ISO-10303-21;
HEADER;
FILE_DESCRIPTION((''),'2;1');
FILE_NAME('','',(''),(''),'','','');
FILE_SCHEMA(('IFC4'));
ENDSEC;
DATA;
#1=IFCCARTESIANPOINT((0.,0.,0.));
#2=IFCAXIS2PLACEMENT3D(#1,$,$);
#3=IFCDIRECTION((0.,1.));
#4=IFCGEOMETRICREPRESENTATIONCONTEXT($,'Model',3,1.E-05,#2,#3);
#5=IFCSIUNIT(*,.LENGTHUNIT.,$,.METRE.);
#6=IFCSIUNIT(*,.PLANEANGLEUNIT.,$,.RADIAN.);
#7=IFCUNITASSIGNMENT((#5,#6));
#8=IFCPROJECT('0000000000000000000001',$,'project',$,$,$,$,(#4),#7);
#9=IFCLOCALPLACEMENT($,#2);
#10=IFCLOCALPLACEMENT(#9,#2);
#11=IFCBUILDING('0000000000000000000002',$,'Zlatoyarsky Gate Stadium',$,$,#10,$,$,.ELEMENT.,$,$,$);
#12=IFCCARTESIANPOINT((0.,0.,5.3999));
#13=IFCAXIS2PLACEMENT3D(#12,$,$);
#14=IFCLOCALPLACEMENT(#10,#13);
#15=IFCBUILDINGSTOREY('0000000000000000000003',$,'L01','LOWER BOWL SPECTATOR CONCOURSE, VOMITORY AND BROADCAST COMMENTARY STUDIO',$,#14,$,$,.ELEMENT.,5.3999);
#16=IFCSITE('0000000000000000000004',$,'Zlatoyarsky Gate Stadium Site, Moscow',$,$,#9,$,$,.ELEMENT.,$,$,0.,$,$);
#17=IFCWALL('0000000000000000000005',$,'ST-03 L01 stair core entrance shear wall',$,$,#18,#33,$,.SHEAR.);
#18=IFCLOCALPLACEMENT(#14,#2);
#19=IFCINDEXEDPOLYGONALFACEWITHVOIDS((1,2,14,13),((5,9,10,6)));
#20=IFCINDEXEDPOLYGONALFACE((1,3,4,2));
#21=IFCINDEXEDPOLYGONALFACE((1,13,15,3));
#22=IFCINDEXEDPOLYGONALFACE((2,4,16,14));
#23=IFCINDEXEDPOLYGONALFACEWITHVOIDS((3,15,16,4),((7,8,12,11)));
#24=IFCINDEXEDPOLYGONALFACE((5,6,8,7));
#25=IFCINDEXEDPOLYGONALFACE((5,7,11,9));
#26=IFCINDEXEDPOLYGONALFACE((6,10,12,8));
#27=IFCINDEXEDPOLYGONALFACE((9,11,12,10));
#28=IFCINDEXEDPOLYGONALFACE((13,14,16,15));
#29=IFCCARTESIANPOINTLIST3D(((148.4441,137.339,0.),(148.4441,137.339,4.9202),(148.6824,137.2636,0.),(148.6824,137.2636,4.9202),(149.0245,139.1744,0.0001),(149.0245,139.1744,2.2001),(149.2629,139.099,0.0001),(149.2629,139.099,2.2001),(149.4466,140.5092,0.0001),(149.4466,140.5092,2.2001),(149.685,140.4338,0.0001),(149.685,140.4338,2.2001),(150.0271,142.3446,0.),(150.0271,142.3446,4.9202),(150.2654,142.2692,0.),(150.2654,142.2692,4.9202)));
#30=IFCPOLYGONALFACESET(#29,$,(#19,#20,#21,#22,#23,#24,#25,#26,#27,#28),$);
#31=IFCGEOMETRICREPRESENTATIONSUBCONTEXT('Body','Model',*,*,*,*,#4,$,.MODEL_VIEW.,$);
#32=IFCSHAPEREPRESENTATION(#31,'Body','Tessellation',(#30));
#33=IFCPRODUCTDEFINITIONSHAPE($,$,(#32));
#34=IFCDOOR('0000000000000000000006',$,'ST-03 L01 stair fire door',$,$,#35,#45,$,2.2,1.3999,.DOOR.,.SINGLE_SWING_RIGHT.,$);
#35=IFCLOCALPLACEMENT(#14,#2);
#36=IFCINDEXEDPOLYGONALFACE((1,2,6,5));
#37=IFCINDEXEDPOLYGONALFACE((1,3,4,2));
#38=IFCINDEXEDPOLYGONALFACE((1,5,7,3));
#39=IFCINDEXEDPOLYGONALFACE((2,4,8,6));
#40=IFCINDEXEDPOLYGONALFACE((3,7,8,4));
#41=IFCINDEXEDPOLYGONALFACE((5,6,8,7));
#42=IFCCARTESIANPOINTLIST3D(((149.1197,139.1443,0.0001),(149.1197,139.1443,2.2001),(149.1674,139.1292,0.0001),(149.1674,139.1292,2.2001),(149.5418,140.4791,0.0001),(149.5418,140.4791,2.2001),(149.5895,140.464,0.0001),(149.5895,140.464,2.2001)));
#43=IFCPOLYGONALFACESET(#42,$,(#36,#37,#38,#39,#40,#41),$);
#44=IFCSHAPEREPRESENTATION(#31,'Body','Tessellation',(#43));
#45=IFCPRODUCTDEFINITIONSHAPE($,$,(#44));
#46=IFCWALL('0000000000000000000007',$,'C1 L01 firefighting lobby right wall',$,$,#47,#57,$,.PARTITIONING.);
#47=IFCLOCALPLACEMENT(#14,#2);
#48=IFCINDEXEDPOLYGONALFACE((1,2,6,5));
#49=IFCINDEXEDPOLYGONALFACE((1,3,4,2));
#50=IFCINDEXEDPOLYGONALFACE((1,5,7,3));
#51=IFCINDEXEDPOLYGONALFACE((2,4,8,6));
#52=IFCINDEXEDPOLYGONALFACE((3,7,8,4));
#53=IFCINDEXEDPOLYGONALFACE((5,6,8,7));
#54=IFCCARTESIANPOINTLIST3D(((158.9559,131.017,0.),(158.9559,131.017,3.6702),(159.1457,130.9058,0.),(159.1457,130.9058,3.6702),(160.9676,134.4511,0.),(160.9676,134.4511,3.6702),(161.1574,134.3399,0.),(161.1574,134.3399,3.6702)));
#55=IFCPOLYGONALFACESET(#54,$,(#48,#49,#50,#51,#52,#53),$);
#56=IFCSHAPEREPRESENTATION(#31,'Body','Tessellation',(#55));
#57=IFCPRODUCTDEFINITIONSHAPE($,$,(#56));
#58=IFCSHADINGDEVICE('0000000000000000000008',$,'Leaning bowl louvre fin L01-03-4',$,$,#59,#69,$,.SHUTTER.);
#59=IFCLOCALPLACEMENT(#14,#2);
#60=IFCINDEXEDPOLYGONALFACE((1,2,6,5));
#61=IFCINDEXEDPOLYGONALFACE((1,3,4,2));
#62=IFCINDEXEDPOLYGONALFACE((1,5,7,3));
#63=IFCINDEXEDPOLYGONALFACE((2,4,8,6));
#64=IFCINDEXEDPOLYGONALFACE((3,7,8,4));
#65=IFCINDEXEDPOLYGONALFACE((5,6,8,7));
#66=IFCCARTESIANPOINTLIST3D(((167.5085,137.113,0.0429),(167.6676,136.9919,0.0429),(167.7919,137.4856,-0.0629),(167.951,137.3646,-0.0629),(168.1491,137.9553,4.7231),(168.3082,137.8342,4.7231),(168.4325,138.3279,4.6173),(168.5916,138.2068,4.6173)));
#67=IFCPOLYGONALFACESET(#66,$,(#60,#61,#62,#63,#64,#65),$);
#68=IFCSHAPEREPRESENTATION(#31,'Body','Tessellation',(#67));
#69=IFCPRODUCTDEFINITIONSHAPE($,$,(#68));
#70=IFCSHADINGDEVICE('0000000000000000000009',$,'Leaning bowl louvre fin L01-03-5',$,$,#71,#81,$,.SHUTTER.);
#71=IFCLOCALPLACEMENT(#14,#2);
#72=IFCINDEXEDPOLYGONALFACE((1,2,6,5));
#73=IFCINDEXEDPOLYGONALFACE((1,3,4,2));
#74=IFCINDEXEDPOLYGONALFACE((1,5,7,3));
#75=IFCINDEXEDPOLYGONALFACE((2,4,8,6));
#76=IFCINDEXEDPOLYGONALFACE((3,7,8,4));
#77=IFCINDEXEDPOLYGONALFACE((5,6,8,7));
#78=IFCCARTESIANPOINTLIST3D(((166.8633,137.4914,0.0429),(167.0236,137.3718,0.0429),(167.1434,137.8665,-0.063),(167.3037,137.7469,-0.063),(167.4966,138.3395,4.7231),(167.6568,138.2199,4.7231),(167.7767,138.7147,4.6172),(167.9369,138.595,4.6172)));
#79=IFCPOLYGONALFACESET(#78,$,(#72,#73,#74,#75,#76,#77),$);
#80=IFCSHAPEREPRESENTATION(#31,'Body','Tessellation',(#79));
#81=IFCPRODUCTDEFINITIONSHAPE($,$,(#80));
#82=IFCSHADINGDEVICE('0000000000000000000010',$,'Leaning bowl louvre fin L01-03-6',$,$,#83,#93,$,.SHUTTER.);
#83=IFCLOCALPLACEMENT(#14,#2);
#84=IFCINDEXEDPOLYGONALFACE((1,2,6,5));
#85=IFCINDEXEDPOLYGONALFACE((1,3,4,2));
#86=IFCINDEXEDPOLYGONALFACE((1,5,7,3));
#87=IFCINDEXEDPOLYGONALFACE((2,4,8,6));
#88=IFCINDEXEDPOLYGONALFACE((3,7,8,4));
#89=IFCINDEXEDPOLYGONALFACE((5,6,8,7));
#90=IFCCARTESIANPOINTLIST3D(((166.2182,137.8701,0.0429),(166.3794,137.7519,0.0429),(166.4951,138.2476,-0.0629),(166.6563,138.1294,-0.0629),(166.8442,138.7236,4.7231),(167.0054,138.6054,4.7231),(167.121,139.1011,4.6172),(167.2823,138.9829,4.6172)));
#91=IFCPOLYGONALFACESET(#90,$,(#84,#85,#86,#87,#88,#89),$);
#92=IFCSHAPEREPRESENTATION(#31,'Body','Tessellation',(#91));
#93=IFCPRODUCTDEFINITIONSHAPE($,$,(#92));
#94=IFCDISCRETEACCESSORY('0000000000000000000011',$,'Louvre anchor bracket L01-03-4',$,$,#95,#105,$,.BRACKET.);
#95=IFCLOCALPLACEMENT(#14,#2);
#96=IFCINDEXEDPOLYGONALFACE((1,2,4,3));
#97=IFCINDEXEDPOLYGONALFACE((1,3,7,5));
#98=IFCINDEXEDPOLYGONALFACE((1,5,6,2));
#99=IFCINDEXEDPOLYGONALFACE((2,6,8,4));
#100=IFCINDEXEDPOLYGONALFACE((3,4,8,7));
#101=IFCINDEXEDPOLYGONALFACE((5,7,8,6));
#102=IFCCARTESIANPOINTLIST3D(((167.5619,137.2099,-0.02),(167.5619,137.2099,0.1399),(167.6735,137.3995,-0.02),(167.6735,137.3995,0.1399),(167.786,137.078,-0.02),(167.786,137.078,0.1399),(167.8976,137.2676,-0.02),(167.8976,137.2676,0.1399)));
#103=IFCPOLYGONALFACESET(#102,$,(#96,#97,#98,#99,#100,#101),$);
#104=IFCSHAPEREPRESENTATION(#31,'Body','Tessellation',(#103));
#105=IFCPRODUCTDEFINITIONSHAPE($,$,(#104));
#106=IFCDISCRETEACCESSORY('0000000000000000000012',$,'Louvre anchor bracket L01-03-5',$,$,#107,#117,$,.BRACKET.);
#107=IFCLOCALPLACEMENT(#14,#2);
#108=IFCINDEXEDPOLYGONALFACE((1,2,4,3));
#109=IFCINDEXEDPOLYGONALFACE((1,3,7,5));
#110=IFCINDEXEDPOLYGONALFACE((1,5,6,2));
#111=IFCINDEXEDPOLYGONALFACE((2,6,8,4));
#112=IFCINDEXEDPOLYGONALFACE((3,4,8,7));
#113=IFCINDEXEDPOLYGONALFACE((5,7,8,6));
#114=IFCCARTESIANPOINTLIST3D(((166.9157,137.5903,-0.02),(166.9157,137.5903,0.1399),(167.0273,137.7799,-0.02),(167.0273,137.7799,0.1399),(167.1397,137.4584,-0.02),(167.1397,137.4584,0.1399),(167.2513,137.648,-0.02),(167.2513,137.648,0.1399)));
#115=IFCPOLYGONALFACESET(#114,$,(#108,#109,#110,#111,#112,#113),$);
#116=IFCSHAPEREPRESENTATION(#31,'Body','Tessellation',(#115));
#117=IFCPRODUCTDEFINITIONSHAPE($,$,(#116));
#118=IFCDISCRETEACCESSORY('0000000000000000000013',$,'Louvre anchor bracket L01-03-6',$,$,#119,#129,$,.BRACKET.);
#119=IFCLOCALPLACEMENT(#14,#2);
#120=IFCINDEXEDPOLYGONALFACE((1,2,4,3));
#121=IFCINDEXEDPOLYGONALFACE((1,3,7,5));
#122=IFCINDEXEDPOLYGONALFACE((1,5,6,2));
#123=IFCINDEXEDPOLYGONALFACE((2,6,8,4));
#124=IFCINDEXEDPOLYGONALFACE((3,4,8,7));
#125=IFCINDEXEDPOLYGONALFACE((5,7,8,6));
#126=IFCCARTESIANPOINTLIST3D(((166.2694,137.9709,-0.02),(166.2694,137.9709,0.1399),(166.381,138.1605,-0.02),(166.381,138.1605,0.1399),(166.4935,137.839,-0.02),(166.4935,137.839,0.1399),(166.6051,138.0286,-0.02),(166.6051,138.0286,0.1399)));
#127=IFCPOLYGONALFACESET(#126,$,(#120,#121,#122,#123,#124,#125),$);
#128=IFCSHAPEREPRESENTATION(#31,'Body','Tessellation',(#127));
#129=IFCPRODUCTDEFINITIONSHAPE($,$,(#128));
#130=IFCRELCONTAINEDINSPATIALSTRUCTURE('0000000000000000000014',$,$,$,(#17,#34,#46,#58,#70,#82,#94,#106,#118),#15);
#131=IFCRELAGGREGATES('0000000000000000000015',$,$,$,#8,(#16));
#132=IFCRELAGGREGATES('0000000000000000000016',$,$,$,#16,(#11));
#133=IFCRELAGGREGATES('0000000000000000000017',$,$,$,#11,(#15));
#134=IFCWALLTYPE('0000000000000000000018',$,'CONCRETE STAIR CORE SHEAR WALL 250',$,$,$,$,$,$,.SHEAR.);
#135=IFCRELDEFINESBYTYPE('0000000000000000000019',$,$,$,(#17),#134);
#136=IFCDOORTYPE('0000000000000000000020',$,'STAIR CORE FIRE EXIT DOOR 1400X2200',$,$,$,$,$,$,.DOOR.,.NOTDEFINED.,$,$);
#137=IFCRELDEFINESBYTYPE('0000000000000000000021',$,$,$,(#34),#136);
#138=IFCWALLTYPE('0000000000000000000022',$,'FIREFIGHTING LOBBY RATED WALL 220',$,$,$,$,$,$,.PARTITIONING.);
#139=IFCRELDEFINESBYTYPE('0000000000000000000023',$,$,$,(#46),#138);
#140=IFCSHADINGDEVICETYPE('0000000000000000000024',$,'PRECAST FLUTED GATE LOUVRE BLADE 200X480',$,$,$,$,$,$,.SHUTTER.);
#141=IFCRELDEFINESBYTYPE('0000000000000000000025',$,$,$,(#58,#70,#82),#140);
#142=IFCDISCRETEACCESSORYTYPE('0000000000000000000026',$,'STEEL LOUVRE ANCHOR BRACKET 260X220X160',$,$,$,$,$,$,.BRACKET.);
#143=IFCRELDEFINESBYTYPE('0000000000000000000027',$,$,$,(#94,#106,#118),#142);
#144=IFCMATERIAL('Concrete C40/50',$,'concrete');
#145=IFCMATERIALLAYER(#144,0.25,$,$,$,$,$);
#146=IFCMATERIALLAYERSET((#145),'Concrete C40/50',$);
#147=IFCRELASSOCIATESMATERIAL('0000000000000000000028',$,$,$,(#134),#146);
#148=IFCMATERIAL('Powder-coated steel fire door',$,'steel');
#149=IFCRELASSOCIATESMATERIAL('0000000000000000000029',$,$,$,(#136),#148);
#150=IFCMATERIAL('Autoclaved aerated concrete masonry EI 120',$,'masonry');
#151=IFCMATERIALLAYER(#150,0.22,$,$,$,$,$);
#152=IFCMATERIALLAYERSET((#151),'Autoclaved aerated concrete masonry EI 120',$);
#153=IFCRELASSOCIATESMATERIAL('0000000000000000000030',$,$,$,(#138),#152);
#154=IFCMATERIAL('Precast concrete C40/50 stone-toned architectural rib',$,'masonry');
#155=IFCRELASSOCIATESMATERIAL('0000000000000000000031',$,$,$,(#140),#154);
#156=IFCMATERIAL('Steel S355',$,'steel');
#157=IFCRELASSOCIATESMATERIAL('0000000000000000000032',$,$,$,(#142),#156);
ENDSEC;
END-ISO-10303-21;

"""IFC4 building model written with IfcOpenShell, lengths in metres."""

from ifc_helpers import new_model, si_unit, direction, frame, frame_2d, origin, origin_2d, place, context, subcontext, project, spatial, rectangle, extrude, material, layer, layer_set, material_profile, profile_set, type_object, element, fill, save


model = new_model("IFC4")

# Units and contexts
model_context = context("Model", 3, precision=1e-05, world=origin(), true_north=direction((0.0, 1.0)))
body_context = subcontext(model_context, "Body", "Model", "MODEL_VIEW")
ifc_project = project(units=[si_unit("LENGTHUNIT", "METRE"), si_unit("PLANEANGLEUNIT", "RADIAN")], contexts=[model_context])

# Site, building, storey
site_placement = place(None, origin())
site = spatial("IfcSite", under=ifc_project, at=site_placement, Name="Zlatoyarsky Gate Stadium Site, Moscow", CompositionType="ELEMENT", RefElevation=0.0)
building_placement = place(site_placement, origin())
building = spatial("IfcBuilding", under=site, at=building_placement, Name="Zlatoyarsky Gate Stadium", CompositionType="ELEMENT")
storey_placement = place(building_placement, frame((0.0, 0.0, 5.3999)))
storey = spatial("IfcBuildingStorey", under=building, at=storey_placement, Name="L01", Description="LOWER BOWL SPECTATOR CONCOURSE, VOMITORY AND BROADCAST COMMENTARY STUDIO", CompositionType="ELEMENT", Elevation=5.3999)

# Shared definitions
ifc_material_1 = material(Name="Steel S355", Category="steel")

# Shared definitions
ifc_material_2 = material(Name="Concrete C40/50", Category="concrete")

# Wall, opening, door
ifc_layer_1 = layer(ifc_material_2, 0.25)
ifc_layer_set_1 = layer_set([ifc_layer_1], Name="Concrete C40/50")
wall_type_1 = type_object("IfcWallType", Name="CONCRETE STAIR CORE SHEAR WALL 250", PredefinedType="SHEAR", material=ifc_layer_set_1)
wall_1_placement = place(storey_placement, frame((148.5632, 137.3013, 0.0), z_axis=(0.0, 0.0, 1.0), x_axis=(0.301527, 0.953457, 0.0)))
wall_1 = element("IfcWall", 1, at=wall_1_placement, inside=storey, type_object=wall_type_1, Name="ST-03 L01 stair core entrance shear wall", PredefinedType="SHEAR", context=body_context, shape_type="SweptSolid", body=[
    extrude(rectangle(XDim=5.25, YDim=0.25, at=frame_2d((2.625, 0.0))), origin(), (0.0, 0.0, 1.0), 4.9202),
])
opening_placement = place(wall_1_placement, frame((1.925, 0.0, 0.0)))
opening = element("IfcOpeningElement", 2, at=opening_placement, cuts=wall_1, PredefinedType="OPENING", context=body_context, shape_type="SweptSolid", body=[
    extrude(rectangle(XDim=1.3999, YDim=2.2, at=frame_2d((0.7, 1.1001))), frame((0.0, 0.135, 0.0), z_axis=(0.0, -1.0, 0.0), x_axis=(1.0, 0.0, 0.0)), (0.0, 0.0, 1.0), 0.27),
])
ifc_material_3 = material(Name="Powder-coated steel fire door", Category="steel")
door_type = type_object("IfcDoorType", Name="STAIR CORE FIRE EXIT DOOR 1400X2200", OperationType="NOTDEFINED", PredefinedType="DOOR", material=ifc_material_3)
door_placement = place(opening_placement, frame((1.3999, 0.0, 0.0), z_axis=(0.0, 0.0, 1.0), x_axis=(-1.0, 0.0, 0.0)))
door = element("IfcDoor", 3, at=door_placement, inside=storey, type_object=door_type, Name="ST-03 L01 stair fire door", OperationType="SINGLE_SWING_RIGHT", OverallHeight=2.2, OverallWidth=1.3999, PredefinedType="DOOR", context=body_context, shape_type="SweptSolid", body=[
    extrude(rectangle(XDim=1.3999, YDim=2.2, at=frame_2d((0.7, 1.1001))), frame((0.0, 0.0249, 0.0), z_axis=(0.0, -1.0, 0.0), x_axis=(1.0, 0.0, 0.0)), (0.0, 0.0, 1.0), 0.05),
])
fill(opening, door)

# Wall
ifc_material_4 = material(Name="Autoclaved aerated concrete masonry EI 120", Category="masonry")
ifc_layer_2 = layer(ifc_material_4, 0.22)
ifc_layer_set_2 = layer_set([ifc_layer_2], Name="Autoclaved aerated concrete masonry EI 120")
wall_type_2 = type_object("IfcWallType", Name="FIREFIGHTING LOBBY RATED WALL 220", PredefinedType="PARTITIONING", material=ifc_layer_set_2)
wall_2_placement = place(storey_placement, frame((161.0625, 134.3955, 0.0), z_axis=(0.0, 0.0, 1.0), x_axis=(-0.505464, -0.862847, 0.0)))
element("IfcWall", 4, at=wall_2_placement, inside=storey, type_object=wall_type_2, Name="C1 L01 firefighting lobby right wall", PredefinedType="PARTITIONING", context=body_context, shape_type="SweptSolid", body=[
    extrude(rectangle(XDim=3.98, YDim=0.22, at=frame_2d((1.99, 0.0))), origin(), (0.0, 0.0, 1.0), 3.6702),
])

# Shading devices
ifc_material_5 = material(Name="Precast concrete C40/50 stone-toned architectural rib", Category="masonry")
ifc_material_profile_1 = material_profile(ifc_material_5, rectangle(XDim=0.2, YDim=0.48, at=origin_2d()), Name="RIB 200X480")
ifc_profile_set_1 = profile_set([ifc_material_profile_1], Name="Precast concrete C40/50 stone-toned architectural rib")
shading_device_type = type_object("IfcShadingDeviceType", Name="PRECAST FLUTED GATE LOUVRE BLADE 200X480", PredefinedType="SHUTTER", material=ifc_profile_set_1)
for number, where, z_axis, x_axis, name in (
    (5, (167.7297, 137.2388, -0.01), (0.13351, 0.175537, 0.975378), (-0.79594, 0.605376, 0.0), "Leaning bowl louvre fin L01-03-4"),
    (6, (167.0835, 137.6191, -0.01), (0.131982, 0.176756, 0.975366), (-0.801271, 0.598301, 0.0), "Leaning bowl louvre fin L01-03-5"),
    (7, (166.4373, 137.9998, -0.01), (0.130456, 0.177876, 0.975367), (-0.806376, 0.591404, 0.0), "Leaning bowl louvre fin L01-03-6"),
):
    element("IfcShadingDevice", number, at=place(storey_placement, frame(where, z_axis=z_axis, x_axis=x_axis)), inside=storey, type_object=shading_device_type, Name=name, PredefinedType="SHUTTER", context=body_context, shape_type="SweptSolid", body=[
        extrude(rectangle(XDim=0.2, YDim=0.48, at=origin_2d()), origin(), (0.0, 0.0, 1.0), 4.7983),
    ])

# Discrete accessories
discrete_accessory_type = type_object("IfcDiscreteAccessoryType", Name="STEEL LOUVRE ANCHOR BRACKET 260X220X160", PredefinedType="BRACKET", material=ifc_material_1)
for number, where, z_axis, x_axis, name in (
    (8, (167.7297, 137.2388, -0.02), (0.0, 0.0, 1.0), (-0.861742, 0.507347, 0.0), "Louvre anchor bracket L01-03-4"),
    (9, (167.0835, 137.6191, -0.02), (0.0, 0.0, 1.0), (-0.861742, 0.507347, 0.0), "Louvre anchor bracket L01-03-5"),
    (10, (166.4373, 137.9998, -0.02), (0.0, 0.0, 1.0), (-0.861742, 0.507347, 0.0), "Louvre anchor bracket L01-03-6"),
):
    element("IfcDiscreteAccessory", number, at=place(storey_placement, frame(where, z_axis=z_axis, x_axis=x_axis)), inside=storey, type_object=discrete_accessory_type, Name=name, PredefinedType="BRACKET", context=body_context, shape_type="SweptSolid", body=[
        extrude(rectangle(XDim=0.26, YDim=0.22, at=origin_2d()), origin(), (0.0, 0.0, 1.0), 0.1599),
    ])

save(model, "model.ifc")
